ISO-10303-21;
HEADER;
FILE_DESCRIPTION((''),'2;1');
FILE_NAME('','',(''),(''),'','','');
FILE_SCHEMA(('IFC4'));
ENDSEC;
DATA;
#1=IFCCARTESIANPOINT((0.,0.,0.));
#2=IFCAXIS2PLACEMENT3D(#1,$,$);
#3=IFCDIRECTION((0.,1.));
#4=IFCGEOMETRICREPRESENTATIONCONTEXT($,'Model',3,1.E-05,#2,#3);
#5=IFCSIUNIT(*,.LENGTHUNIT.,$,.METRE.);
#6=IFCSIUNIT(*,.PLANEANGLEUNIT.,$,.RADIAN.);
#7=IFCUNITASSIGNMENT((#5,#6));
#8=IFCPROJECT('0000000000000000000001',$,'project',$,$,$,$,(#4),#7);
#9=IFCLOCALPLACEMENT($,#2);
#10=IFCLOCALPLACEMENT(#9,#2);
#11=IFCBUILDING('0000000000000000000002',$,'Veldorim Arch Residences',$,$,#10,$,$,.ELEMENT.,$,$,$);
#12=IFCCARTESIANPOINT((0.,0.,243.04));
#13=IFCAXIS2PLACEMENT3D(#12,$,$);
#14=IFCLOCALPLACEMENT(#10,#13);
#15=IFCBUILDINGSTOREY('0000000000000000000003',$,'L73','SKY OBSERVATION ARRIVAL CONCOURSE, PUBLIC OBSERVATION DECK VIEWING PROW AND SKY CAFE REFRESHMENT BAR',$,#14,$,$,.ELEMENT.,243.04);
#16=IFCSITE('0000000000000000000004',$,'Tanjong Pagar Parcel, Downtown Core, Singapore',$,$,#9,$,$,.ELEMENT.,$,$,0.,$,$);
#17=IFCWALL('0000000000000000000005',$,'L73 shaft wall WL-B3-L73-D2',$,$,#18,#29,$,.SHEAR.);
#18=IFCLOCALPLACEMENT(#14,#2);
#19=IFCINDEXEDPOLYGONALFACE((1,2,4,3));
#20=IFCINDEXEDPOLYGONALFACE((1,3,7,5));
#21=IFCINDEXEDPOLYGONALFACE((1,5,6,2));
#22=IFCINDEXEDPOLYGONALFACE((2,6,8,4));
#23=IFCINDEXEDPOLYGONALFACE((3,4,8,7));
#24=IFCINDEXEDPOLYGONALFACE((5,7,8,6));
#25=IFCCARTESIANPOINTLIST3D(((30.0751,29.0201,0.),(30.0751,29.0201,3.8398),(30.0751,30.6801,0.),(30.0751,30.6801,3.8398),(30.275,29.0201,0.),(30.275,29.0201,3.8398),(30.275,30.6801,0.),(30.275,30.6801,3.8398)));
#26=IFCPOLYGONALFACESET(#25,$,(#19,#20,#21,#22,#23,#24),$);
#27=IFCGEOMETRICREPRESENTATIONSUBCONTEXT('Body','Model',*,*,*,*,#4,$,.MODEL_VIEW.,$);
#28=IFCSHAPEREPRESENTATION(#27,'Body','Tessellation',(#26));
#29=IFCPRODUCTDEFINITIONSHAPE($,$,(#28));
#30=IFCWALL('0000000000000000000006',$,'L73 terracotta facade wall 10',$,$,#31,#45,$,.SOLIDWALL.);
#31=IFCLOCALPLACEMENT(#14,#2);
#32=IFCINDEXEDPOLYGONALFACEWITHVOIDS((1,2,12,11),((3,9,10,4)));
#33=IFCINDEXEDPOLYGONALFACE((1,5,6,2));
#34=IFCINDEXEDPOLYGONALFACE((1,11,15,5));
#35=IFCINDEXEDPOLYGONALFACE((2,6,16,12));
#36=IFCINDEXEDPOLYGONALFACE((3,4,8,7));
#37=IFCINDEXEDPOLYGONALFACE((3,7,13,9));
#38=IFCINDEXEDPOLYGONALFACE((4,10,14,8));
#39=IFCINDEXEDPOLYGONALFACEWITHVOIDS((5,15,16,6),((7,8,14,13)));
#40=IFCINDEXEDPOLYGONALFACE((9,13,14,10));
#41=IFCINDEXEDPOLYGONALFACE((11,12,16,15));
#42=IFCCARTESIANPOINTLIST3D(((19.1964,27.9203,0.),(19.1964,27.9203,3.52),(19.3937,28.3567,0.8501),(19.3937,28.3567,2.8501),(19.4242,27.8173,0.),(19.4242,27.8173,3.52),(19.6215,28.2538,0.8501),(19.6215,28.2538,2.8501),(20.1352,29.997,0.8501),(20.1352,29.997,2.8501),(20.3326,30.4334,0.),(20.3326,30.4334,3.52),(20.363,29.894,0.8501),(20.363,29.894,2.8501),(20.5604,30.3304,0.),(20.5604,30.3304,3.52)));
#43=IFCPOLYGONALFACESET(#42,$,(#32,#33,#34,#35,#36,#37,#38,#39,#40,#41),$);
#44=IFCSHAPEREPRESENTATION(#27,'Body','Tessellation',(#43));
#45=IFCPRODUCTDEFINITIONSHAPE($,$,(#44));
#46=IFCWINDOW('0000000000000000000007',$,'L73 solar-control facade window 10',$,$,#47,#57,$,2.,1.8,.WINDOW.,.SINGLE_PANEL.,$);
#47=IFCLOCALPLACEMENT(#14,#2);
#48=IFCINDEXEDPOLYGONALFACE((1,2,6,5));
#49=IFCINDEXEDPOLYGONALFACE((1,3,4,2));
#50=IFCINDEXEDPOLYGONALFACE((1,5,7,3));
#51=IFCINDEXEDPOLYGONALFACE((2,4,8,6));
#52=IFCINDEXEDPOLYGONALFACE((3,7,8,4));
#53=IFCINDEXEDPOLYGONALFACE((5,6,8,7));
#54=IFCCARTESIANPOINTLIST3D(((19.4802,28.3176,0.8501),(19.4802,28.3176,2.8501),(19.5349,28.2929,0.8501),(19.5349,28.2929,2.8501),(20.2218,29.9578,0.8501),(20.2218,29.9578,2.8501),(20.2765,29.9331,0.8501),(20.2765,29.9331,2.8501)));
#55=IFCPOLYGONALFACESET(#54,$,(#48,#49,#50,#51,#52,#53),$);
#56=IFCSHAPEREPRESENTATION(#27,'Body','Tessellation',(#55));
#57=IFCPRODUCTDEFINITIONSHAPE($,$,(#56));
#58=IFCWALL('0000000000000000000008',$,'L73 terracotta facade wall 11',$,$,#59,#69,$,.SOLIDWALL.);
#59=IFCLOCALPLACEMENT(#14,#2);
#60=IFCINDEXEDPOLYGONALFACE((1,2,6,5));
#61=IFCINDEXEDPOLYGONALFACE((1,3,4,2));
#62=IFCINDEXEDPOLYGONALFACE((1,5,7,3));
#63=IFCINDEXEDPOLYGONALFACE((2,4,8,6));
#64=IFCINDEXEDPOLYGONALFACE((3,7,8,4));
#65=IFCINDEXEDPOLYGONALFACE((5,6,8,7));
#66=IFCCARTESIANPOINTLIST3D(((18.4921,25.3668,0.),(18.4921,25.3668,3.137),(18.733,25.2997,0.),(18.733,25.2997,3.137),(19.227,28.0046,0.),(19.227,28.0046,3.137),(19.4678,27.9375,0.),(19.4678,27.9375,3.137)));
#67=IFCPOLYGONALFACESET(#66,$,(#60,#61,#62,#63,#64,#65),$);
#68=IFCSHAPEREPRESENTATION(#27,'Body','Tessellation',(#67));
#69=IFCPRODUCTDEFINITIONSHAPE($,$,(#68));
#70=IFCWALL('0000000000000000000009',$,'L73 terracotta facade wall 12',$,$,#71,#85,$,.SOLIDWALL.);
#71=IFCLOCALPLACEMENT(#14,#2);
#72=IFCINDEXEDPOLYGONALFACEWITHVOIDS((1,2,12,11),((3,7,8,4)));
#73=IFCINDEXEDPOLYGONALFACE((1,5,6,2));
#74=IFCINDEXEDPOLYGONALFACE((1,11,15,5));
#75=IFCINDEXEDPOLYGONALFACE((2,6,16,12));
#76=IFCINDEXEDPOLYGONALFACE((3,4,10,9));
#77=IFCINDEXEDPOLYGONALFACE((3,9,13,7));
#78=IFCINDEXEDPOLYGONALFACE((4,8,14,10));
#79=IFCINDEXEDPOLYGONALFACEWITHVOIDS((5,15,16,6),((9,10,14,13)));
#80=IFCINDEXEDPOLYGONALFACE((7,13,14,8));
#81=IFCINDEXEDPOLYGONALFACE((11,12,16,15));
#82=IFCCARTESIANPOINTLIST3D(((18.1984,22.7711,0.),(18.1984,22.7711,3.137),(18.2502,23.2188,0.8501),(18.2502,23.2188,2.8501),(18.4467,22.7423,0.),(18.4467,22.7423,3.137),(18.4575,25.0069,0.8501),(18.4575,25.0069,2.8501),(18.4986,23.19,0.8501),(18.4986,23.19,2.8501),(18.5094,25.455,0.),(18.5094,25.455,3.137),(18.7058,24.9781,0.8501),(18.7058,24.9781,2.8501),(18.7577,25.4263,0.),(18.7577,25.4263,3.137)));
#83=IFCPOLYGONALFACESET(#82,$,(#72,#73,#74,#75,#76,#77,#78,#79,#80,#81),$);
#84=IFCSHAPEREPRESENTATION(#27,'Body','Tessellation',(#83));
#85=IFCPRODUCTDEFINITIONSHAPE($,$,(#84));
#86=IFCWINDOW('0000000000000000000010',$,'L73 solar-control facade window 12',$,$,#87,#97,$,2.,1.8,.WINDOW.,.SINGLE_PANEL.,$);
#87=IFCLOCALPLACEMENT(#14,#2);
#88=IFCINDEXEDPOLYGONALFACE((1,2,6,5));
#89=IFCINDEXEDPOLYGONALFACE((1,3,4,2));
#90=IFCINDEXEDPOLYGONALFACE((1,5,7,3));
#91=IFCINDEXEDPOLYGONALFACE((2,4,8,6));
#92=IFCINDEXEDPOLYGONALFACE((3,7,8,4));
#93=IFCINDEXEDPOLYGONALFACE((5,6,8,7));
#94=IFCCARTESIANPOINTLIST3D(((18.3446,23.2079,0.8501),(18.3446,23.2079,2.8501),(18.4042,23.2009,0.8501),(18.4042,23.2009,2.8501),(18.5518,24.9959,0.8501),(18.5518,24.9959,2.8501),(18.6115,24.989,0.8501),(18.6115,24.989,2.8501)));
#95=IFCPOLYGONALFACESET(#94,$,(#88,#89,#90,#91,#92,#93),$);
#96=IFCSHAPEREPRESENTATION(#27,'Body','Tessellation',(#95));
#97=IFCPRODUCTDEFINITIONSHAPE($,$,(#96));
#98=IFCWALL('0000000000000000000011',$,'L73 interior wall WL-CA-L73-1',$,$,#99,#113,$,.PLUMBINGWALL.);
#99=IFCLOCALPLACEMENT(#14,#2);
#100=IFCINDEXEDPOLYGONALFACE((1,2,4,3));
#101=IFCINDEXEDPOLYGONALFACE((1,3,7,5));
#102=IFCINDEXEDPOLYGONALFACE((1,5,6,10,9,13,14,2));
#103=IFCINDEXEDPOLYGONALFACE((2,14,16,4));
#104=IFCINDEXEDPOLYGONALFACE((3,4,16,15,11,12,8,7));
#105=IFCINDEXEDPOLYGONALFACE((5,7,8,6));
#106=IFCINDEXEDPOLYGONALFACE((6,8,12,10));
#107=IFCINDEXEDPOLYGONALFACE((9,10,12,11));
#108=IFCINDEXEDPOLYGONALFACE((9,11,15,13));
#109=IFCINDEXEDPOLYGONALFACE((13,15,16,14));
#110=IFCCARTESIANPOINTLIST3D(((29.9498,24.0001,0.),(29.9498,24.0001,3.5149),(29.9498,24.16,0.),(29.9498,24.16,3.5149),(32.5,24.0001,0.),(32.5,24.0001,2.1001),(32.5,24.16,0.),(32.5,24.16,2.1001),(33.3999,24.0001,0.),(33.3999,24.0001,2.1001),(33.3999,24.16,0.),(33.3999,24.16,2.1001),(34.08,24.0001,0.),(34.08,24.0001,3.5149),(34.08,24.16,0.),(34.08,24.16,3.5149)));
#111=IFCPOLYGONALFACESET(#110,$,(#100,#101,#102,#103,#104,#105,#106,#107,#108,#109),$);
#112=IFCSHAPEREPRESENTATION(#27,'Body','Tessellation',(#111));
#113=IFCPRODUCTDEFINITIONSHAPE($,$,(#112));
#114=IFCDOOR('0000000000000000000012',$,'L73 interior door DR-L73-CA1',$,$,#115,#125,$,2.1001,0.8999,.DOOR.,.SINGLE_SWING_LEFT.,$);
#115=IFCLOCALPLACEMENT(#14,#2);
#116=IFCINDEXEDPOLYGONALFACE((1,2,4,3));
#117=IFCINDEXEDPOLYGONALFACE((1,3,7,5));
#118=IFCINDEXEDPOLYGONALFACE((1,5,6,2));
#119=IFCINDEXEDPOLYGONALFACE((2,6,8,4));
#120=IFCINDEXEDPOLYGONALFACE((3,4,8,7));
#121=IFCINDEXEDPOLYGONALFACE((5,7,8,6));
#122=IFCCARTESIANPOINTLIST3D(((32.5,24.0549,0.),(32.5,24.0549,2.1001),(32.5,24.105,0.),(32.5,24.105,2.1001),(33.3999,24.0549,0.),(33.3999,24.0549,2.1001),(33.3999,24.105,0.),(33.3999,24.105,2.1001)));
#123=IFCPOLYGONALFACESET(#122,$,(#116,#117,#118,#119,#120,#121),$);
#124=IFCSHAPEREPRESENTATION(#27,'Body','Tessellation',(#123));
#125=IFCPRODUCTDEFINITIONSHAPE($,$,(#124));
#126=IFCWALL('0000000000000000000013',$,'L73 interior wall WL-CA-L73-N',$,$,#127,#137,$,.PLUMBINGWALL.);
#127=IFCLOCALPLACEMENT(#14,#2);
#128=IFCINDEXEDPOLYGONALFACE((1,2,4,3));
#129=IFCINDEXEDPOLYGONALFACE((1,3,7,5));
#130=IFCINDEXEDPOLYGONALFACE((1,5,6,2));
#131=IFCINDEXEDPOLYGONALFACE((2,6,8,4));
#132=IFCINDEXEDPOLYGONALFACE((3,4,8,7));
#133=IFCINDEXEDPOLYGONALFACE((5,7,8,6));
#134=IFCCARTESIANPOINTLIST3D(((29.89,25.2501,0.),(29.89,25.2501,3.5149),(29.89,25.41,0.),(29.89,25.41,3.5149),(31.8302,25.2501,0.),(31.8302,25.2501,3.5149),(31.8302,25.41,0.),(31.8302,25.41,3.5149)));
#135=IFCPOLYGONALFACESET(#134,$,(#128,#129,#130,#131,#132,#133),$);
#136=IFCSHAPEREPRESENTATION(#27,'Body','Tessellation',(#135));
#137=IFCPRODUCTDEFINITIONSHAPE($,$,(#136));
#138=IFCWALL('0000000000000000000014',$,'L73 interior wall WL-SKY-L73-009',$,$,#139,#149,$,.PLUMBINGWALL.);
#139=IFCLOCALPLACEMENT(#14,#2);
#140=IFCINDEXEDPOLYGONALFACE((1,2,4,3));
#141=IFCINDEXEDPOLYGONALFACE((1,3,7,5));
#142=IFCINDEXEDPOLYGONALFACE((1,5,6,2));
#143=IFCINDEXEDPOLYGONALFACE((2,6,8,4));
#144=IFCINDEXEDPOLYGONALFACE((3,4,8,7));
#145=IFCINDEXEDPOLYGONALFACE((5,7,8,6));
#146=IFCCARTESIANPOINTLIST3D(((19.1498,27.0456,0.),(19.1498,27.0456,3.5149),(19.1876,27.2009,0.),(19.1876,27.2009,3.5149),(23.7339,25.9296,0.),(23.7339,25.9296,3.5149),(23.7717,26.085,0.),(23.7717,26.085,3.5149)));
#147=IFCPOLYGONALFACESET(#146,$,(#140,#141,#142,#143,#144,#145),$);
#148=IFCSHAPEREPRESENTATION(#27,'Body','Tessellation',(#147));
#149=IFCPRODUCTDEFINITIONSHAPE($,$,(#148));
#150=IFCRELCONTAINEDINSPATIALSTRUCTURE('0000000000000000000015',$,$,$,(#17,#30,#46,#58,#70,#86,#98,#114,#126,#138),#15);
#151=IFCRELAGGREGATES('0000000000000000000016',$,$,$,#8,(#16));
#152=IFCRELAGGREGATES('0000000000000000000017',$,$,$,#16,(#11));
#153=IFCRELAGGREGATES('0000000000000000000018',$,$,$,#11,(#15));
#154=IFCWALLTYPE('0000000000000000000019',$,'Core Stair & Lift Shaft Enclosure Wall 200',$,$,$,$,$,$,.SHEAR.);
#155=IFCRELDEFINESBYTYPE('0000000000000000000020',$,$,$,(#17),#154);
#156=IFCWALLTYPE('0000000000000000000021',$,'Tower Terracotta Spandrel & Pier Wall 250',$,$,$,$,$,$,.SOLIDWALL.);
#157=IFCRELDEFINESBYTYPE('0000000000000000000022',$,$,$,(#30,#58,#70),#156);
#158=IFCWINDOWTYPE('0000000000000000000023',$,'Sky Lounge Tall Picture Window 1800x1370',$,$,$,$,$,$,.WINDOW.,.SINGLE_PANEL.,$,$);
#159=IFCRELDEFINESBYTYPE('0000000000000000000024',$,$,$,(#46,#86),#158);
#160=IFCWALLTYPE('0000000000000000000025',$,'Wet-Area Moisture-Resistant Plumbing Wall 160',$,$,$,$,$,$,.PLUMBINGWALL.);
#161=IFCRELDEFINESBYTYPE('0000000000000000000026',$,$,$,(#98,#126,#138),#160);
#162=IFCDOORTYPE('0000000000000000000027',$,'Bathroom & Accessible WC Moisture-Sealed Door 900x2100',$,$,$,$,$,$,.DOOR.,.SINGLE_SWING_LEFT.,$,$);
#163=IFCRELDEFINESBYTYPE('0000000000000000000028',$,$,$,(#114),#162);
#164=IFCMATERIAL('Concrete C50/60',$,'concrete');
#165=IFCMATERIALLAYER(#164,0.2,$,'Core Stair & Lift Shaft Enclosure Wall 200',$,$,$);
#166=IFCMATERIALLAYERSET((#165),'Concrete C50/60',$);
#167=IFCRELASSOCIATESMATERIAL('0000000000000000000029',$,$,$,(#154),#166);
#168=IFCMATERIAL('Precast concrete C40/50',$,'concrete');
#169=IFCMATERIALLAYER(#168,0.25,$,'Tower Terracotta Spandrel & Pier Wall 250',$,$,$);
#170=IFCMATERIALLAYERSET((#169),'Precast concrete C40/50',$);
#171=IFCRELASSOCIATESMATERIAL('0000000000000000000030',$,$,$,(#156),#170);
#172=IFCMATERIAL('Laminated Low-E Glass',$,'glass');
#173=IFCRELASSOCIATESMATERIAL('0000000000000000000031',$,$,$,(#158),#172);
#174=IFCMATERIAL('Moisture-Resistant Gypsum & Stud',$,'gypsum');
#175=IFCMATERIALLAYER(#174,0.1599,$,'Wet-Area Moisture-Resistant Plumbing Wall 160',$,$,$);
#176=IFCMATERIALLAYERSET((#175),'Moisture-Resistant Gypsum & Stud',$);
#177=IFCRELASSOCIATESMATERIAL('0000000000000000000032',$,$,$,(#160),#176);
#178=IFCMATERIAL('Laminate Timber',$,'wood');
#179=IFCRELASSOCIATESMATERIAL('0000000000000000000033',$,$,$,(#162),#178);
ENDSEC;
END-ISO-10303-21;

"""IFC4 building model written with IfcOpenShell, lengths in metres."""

from ifc_helpers import new_model, si_unit, direction, frame, frame_2d, origin, place, context, subcontext, project, spatial, rectangle, extrude, material, layer, layer_set, type_object, element, fill, save


model = new_model("IFC4")

# Units and contexts
model_context = context("Model", 3, precision=1e-05, world=origin(), true_north=direction((0.0, 1.0)))
body_context = subcontext(model_context, "Body", "Model", "MODEL_VIEW")
ifc_project = project(units=[si_unit("LENGTHUNIT", "METRE"), si_unit("PLANEANGLEUNIT", "RADIAN")], contexts=[model_context])

# Site, building, storey
site_placement = place(None, origin())
site = spatial("IfcSite", under=ifc_project, at=site_placement, Name="Tanjong Pagar Parcel, Downtown Core, Singapore", CompositionType="ELEMENT", RefElevation=0.0)
building_placement = place(site_placement, origin())
building = spatial("IfcBuilding", under=site, at=building_placement, Name="Veldorim Arch Residences", CompositionType="ELEMENT")
storey_placement = place(building_placement, frame((0.0, 0.0, 243.04)))
storey = spatial("IfcBuildingStorey", under=building, at=storey_placement, Name="L73", Description="SKY OBSERVATION ARRIVAL CONCOURSE, PUBLIC OBSERVATION DECK VIEWING PROW AND SKY CAFE REFRESHMENT BAR", CompositionType="ELEMENT", Elevation=243.04)

# Wall
ifc_material_1 = material(Name="Concrete C50/60", Category="concrete")
ifc_layer_1 = layer(ifc_material_1, 0.2, Name="Core Stair & Lift Shaft Enclosure Wall 200")
ifc_layer_set_1 = layer_set([ifc_layer_1], Name="Concrete C50/60")
wall_type_1 = type_object("IfcWallType", Name="Core Stair & Lift Shaft Enclosure Wall 200", PredefinedType="SHEAR", material=ifc_layer_set_1)
for number, where, z_axis, x_axis, name in (
    (1, (30.175, 29.02, 0.0), (0.0, 0.0, 1.0), (0.0, 1.0, 0.0), "L73 shaft wall WL-B3-L73-D2"),
):
    element("IfcWall", number, at=place(storey_placement, frame(where, z_axis=z_axis, x_axis=x_axis)), inside=storey, type_object=wall_type_1, Name=name, PredefinedType="SHEAR", context=body_context, shape_type="SweptSolid", body=[
        extrude(rectangle(XDim=1.6599, YDim=0.2, at=frame_2d((0.8301, 0.0))), origin(), (0.0, 0.0, 1.0), 3.8398),
    ])

# Wall, opening, window
ifc_material_2 = material(Name="Precast concrete C40/50", Category="concrete")
ifc_layer_2 = layer(ifc_material_2, 0.25, Name="Tower Terracotta Spandrel & Pier Wall 250")
ifc_layer_set_2 = layer_set([ifc_layer_2], Name="Precast concrete C40/50")
wall_type_2 = type_object("IfcWallType", Name="Tower Terracotta Spandrel & Pier Wall 250", PredefinedType="SOLIDWALL", material=ifc_layer_set_2)
wall_1_placement = place(storey_placement, frame((19.3103, 27.8689, 0.0), z_axis=(0.0, 0.0, 1.0), x_axis=(0.411961, 0.911201, 0.0)))
wall_1 = element("IfcWall", 2, at=wall_1_placement, inside=storey, type_object=wall_type_2, Name="L73 terracotta facade wall 10", PredefinedType="SOLIDWALL", context=body_context, shape_type="SweptSolid", body=[
    extrude(rectangle(XDim=2.7581, YDim=0.25, at=frame_2d((1.3789, 0.0))), origin(), (0.0, 0.0, 1.0), 3.52),
])
opening_1_placement = place(wall_1_placement, frame((0.479, 0.0, 0.8501)))
opening_1 = element("IfcOpeningElement", 3, at=opening_1_placement, cuts=wall_1, PredefinedType="OPENING", context=body_context, shape_type="SweptSolid", body=[
    extrude(rectangle(XDim=1.8, YDim=2.0, at=frame_2d((0.8999, 1.0))), frame((0.0, 0.135, 0.0), z_axis=(0.0, -1.0, 0.0), x_axis=(1.0, 0.0, 0.0)), (0.0, 0.0, 1.0), 0.27),
])
ifc_material_3 = material(Name="Laminated Low-E Glass", Category="glass")
window_type = type_object("IfcWindowType", Name="Sky Lounge Tall Picture Window 1800x1370", PartitioningType="SINGLE_PANEL", PredefinedType="WINDOW", material=ifc_material_3)
window_1_placement = place(opening_1_placement, origin())
window_1 = element("IfcWindow", 4, at=window_1_placement, inside=storey, type_object=window_type, Name="L73 solar-control facade window 10", OverallHeight=2.0, OverallWidth=1.8, PartitioningType="SINGLE_PANEL", PredefinedType="WINDOW", context=body_context, shape_type="SweptSolid", body=[
    extrude(rectangle(XDim=1.8, YDim=2.0, at=frame_2d((0.8999, 1.0))), frame((0.0, 0.03, 0.0), z_axis=(0.0, -1.0, 0.0), x_axis=(1.0, 0.0, 0.0)), (0.0, 0.0, 1.0), 0.0601),
])
fill(opening_1, window_1)

# Wall
wall_2_placement = place(storey_placement, frame((18.6125, 25.3333, 0.0), z_axis=(0.0, 0.0, 1.0), x_axis=(0.268357, 0.96332, 0.0)))
element("IfcWall", 5, at=wall_2_placement, inside=storey, type_object=wall_type_2, Name="L73 terracotta facade wall 11", PredefinedType="SOLIDWALL", context=body_context, shape_type="SweptSolid", body=[
    extrude(rectangle(XDim=2.7383, YDim=0.25, at=frame_2d((1.3691, 0.0))), origin(), (0.0, 0.0, 1.0), 3.137),
])

# Wall, opening, window
wall_3_placement = place(storey_placement, frame((18.3225, 22.7566, 0.0), z_axis=(0.0, 0.0, 1.0), x_axis=(0.115121, 0.993351, 0.0)))
wall_3 = element("IfcWall", 6, at=wall_3_placement, inside=storey, type_object=wall_type_2, Name="L73 terracotta facade wall 12", PredefinedType="SOLIDWALL", context=body_context, shape_type="SweptSolid", body=[
    extrude(rectangle(XDim=2.7019, YDim=0.25, at=frame_2d((1.3511, 0.0))), origin(), (0.0, 0.0, 1.0), 3.137),
])
opening_2_placement = place(wall_3_placement, frame((0.4509, 0.0, 0.8501)))
opening_2 = element("IfcOpeningElement", 7, at=opening_2_placement, cuts=wall_3, PredefinedType="OPENING", context=body_context, shape_type="SweptSolid", body=[
    extrude(rectangle(XDim=1.8, YDim=2.0, at=frame_2d((0.8999, 1.0))), frame((0.0, 0.135, 0.0), z_axis=(0.0, -1.0, 0.0), x_axis=(1.0, 0.0, 0.0)), (0.0, 0.0, 1.0), 0.27),
])
window_2_placement = place(opening_2_placement, origin())
window_2 = element("IfcWindow", 8, at=window_2_placement, inside=storey, type_object=window_type, Name="L73 solar-control facade window 12", OverallHeight=2.0, OverallWidth=1.8, PartitioningType="SINGLE_PANEL", PredefinedType="WINDOW", context=body_context, shape_type="SweptSolid", body=[
    extrude(rectangle(XDim=1.8, YDim=2.0, at=frame_2d((0.8999, 1.0))), frame((0.0, 0.03, 0.0), z_axis=(0.0, -1.0, 0.0), x_axis=(1.0, 0.0, 0.0)), (0.0, 0.0, 1.0), 0.0601),
])
fill(opening_2, window_2)

# Wall, opening, door
ifc_material_4 = material(Name="Moisture-Resistant Gypsum & Stud", Category="gypsum")
ifc_layer_3 = layer(ifc_material_4, 0.1599, Name="Wet-Area Moisture-Resistant Plumbing Wall 160")
ifc_layer_set_3 = layer_set([ifc_layer_3], Name="Moisture-Resistant Gypsum & Stud")
wall_type_3 = type_object("IfcWallType", Name="Wet-Area Moisture-Resistant Plumbing Wall 160", PredefinedType="PLUMBINGWALL", material=ifc_layer_set_3)
wall_4_placement = place(storey_placement, frame((29.95, 24.0801, 0.0), z_axis=(0.0, 0.0, 1.0), x_axis=(1.0, 0.0, 0.0)))
wall_4 = element("IfcWall", 9, at=wall_4_placement, inside=storey, type_object=wall_type_3, Name="L73 interior wall WL-CA-L73-1", PredefinedType="PLUMBINGWALL", context=body_context, shape_type="SweptSolid", body=[
    extrude(rectangle(XDim=4.1301, YDim=0.1599, at=frame_2d((2.0649, 0.0))), origin(), (0.0, 0.0, 1.0), 3.5149),
])
opening_3_placement = place(wall_4_placement, frame((2.55, 0.0, 0.0)))
opening_3 = element("IfcOpeningElement", 10, at=opening_3_placement, cuts=wall_4, PredefinedType="OPENING", context=body_context, shape_type="SweptSolid", body=[
    extrude(rectangle(XDim=0.8999, YDim=2.1001, at=frame_2d((0.45, 1.05))), frame((0.0, 0.0898, 0.0), z_axis=(0.0, -1.0, 0.0), x_axis=(1.0, 0.0, 0.0)), (0.0, 0.0, 1.0), 0.1799),
])
ifc_material_5 = material(Name="Laminate Timber", Category="wood")
door_type = type_object("IfcDoorType", Name="Bathroom & Accessible WC Moisture-Sealed Door 900x2100", OperationType="SINGLE_SWING_LEFT", PredefinedType="DOOR", material=ifc_material_5)
door_placement = place(opening_3_placement, origin())
door = element("IfcDoor", 11, at=door_placement, inside=storey, type_object=door_type, Name="L73 interior door DR-L73-CA1", OperationType="SINGLE_SWING_LEFT", OverallHeight=2.1001, OverallWidth=0.8999, PredefinedType="DOOR", context=body_context, shape_type="SweptSolid", body=[
    extrude(rectangle(XDim=0.8999, YDim=2.1001, at=frame_2d((0.45, 1.05))), frame((0.0, 0.0249, 0.0), z_axis=(0.0, -1.0, 0.0), x_axis=(1.0, 0.0, 0.0)), (0.0, 0.0, 1.0), 0.05),
])
fill(opening_3, door)

# Walls
wall_5_placement = place(storey_placement, frame((29.8899, 25.3301, 0.0), z_axis=(0.0, 0.0, 1.0), x_axis=(1.0, 0.0, 0.0)))
element("IfcWall", 12, at=wall_5_placement, inside=storey, type_object=wall_type_3, Name="L73 interior wall WL-CA-L73-N", PredefinedType="PLUMBINGWALL", context=body_context, shape_type="SweptSolid", body=[
    extrude(rectangle(XDim=1.9402, YDim=0.1599, at=frame_2d((0.9702, 0.0))), origin(), (0.0, 0.0, 1.0), 3.5149),
])
wall_6_placement = place(storey_placement, frame((23.7527, 26.0073, 0.0), z_axis=(0.0, 0.0, 1.0), x_axis=(-0.971625, 0.236529, 0.0)))
element("IfcWall", 13, at=wall_6_placement, inside=storey, type_object=wall_type_3, Name="L73 interior wall WL-SKY-L73-009", PredefinedType="PLUMBINGWALL", context=body_context, shape_type="SweptSolid", body=[
    extrude(rectangle(XDim=4.718, YDim=0.1599, at=frame_2d((2.3589, 0.0))), origin(), (0.0, 0.0, 1.0), 3.5149),
])

save(model, "model.ifc")
